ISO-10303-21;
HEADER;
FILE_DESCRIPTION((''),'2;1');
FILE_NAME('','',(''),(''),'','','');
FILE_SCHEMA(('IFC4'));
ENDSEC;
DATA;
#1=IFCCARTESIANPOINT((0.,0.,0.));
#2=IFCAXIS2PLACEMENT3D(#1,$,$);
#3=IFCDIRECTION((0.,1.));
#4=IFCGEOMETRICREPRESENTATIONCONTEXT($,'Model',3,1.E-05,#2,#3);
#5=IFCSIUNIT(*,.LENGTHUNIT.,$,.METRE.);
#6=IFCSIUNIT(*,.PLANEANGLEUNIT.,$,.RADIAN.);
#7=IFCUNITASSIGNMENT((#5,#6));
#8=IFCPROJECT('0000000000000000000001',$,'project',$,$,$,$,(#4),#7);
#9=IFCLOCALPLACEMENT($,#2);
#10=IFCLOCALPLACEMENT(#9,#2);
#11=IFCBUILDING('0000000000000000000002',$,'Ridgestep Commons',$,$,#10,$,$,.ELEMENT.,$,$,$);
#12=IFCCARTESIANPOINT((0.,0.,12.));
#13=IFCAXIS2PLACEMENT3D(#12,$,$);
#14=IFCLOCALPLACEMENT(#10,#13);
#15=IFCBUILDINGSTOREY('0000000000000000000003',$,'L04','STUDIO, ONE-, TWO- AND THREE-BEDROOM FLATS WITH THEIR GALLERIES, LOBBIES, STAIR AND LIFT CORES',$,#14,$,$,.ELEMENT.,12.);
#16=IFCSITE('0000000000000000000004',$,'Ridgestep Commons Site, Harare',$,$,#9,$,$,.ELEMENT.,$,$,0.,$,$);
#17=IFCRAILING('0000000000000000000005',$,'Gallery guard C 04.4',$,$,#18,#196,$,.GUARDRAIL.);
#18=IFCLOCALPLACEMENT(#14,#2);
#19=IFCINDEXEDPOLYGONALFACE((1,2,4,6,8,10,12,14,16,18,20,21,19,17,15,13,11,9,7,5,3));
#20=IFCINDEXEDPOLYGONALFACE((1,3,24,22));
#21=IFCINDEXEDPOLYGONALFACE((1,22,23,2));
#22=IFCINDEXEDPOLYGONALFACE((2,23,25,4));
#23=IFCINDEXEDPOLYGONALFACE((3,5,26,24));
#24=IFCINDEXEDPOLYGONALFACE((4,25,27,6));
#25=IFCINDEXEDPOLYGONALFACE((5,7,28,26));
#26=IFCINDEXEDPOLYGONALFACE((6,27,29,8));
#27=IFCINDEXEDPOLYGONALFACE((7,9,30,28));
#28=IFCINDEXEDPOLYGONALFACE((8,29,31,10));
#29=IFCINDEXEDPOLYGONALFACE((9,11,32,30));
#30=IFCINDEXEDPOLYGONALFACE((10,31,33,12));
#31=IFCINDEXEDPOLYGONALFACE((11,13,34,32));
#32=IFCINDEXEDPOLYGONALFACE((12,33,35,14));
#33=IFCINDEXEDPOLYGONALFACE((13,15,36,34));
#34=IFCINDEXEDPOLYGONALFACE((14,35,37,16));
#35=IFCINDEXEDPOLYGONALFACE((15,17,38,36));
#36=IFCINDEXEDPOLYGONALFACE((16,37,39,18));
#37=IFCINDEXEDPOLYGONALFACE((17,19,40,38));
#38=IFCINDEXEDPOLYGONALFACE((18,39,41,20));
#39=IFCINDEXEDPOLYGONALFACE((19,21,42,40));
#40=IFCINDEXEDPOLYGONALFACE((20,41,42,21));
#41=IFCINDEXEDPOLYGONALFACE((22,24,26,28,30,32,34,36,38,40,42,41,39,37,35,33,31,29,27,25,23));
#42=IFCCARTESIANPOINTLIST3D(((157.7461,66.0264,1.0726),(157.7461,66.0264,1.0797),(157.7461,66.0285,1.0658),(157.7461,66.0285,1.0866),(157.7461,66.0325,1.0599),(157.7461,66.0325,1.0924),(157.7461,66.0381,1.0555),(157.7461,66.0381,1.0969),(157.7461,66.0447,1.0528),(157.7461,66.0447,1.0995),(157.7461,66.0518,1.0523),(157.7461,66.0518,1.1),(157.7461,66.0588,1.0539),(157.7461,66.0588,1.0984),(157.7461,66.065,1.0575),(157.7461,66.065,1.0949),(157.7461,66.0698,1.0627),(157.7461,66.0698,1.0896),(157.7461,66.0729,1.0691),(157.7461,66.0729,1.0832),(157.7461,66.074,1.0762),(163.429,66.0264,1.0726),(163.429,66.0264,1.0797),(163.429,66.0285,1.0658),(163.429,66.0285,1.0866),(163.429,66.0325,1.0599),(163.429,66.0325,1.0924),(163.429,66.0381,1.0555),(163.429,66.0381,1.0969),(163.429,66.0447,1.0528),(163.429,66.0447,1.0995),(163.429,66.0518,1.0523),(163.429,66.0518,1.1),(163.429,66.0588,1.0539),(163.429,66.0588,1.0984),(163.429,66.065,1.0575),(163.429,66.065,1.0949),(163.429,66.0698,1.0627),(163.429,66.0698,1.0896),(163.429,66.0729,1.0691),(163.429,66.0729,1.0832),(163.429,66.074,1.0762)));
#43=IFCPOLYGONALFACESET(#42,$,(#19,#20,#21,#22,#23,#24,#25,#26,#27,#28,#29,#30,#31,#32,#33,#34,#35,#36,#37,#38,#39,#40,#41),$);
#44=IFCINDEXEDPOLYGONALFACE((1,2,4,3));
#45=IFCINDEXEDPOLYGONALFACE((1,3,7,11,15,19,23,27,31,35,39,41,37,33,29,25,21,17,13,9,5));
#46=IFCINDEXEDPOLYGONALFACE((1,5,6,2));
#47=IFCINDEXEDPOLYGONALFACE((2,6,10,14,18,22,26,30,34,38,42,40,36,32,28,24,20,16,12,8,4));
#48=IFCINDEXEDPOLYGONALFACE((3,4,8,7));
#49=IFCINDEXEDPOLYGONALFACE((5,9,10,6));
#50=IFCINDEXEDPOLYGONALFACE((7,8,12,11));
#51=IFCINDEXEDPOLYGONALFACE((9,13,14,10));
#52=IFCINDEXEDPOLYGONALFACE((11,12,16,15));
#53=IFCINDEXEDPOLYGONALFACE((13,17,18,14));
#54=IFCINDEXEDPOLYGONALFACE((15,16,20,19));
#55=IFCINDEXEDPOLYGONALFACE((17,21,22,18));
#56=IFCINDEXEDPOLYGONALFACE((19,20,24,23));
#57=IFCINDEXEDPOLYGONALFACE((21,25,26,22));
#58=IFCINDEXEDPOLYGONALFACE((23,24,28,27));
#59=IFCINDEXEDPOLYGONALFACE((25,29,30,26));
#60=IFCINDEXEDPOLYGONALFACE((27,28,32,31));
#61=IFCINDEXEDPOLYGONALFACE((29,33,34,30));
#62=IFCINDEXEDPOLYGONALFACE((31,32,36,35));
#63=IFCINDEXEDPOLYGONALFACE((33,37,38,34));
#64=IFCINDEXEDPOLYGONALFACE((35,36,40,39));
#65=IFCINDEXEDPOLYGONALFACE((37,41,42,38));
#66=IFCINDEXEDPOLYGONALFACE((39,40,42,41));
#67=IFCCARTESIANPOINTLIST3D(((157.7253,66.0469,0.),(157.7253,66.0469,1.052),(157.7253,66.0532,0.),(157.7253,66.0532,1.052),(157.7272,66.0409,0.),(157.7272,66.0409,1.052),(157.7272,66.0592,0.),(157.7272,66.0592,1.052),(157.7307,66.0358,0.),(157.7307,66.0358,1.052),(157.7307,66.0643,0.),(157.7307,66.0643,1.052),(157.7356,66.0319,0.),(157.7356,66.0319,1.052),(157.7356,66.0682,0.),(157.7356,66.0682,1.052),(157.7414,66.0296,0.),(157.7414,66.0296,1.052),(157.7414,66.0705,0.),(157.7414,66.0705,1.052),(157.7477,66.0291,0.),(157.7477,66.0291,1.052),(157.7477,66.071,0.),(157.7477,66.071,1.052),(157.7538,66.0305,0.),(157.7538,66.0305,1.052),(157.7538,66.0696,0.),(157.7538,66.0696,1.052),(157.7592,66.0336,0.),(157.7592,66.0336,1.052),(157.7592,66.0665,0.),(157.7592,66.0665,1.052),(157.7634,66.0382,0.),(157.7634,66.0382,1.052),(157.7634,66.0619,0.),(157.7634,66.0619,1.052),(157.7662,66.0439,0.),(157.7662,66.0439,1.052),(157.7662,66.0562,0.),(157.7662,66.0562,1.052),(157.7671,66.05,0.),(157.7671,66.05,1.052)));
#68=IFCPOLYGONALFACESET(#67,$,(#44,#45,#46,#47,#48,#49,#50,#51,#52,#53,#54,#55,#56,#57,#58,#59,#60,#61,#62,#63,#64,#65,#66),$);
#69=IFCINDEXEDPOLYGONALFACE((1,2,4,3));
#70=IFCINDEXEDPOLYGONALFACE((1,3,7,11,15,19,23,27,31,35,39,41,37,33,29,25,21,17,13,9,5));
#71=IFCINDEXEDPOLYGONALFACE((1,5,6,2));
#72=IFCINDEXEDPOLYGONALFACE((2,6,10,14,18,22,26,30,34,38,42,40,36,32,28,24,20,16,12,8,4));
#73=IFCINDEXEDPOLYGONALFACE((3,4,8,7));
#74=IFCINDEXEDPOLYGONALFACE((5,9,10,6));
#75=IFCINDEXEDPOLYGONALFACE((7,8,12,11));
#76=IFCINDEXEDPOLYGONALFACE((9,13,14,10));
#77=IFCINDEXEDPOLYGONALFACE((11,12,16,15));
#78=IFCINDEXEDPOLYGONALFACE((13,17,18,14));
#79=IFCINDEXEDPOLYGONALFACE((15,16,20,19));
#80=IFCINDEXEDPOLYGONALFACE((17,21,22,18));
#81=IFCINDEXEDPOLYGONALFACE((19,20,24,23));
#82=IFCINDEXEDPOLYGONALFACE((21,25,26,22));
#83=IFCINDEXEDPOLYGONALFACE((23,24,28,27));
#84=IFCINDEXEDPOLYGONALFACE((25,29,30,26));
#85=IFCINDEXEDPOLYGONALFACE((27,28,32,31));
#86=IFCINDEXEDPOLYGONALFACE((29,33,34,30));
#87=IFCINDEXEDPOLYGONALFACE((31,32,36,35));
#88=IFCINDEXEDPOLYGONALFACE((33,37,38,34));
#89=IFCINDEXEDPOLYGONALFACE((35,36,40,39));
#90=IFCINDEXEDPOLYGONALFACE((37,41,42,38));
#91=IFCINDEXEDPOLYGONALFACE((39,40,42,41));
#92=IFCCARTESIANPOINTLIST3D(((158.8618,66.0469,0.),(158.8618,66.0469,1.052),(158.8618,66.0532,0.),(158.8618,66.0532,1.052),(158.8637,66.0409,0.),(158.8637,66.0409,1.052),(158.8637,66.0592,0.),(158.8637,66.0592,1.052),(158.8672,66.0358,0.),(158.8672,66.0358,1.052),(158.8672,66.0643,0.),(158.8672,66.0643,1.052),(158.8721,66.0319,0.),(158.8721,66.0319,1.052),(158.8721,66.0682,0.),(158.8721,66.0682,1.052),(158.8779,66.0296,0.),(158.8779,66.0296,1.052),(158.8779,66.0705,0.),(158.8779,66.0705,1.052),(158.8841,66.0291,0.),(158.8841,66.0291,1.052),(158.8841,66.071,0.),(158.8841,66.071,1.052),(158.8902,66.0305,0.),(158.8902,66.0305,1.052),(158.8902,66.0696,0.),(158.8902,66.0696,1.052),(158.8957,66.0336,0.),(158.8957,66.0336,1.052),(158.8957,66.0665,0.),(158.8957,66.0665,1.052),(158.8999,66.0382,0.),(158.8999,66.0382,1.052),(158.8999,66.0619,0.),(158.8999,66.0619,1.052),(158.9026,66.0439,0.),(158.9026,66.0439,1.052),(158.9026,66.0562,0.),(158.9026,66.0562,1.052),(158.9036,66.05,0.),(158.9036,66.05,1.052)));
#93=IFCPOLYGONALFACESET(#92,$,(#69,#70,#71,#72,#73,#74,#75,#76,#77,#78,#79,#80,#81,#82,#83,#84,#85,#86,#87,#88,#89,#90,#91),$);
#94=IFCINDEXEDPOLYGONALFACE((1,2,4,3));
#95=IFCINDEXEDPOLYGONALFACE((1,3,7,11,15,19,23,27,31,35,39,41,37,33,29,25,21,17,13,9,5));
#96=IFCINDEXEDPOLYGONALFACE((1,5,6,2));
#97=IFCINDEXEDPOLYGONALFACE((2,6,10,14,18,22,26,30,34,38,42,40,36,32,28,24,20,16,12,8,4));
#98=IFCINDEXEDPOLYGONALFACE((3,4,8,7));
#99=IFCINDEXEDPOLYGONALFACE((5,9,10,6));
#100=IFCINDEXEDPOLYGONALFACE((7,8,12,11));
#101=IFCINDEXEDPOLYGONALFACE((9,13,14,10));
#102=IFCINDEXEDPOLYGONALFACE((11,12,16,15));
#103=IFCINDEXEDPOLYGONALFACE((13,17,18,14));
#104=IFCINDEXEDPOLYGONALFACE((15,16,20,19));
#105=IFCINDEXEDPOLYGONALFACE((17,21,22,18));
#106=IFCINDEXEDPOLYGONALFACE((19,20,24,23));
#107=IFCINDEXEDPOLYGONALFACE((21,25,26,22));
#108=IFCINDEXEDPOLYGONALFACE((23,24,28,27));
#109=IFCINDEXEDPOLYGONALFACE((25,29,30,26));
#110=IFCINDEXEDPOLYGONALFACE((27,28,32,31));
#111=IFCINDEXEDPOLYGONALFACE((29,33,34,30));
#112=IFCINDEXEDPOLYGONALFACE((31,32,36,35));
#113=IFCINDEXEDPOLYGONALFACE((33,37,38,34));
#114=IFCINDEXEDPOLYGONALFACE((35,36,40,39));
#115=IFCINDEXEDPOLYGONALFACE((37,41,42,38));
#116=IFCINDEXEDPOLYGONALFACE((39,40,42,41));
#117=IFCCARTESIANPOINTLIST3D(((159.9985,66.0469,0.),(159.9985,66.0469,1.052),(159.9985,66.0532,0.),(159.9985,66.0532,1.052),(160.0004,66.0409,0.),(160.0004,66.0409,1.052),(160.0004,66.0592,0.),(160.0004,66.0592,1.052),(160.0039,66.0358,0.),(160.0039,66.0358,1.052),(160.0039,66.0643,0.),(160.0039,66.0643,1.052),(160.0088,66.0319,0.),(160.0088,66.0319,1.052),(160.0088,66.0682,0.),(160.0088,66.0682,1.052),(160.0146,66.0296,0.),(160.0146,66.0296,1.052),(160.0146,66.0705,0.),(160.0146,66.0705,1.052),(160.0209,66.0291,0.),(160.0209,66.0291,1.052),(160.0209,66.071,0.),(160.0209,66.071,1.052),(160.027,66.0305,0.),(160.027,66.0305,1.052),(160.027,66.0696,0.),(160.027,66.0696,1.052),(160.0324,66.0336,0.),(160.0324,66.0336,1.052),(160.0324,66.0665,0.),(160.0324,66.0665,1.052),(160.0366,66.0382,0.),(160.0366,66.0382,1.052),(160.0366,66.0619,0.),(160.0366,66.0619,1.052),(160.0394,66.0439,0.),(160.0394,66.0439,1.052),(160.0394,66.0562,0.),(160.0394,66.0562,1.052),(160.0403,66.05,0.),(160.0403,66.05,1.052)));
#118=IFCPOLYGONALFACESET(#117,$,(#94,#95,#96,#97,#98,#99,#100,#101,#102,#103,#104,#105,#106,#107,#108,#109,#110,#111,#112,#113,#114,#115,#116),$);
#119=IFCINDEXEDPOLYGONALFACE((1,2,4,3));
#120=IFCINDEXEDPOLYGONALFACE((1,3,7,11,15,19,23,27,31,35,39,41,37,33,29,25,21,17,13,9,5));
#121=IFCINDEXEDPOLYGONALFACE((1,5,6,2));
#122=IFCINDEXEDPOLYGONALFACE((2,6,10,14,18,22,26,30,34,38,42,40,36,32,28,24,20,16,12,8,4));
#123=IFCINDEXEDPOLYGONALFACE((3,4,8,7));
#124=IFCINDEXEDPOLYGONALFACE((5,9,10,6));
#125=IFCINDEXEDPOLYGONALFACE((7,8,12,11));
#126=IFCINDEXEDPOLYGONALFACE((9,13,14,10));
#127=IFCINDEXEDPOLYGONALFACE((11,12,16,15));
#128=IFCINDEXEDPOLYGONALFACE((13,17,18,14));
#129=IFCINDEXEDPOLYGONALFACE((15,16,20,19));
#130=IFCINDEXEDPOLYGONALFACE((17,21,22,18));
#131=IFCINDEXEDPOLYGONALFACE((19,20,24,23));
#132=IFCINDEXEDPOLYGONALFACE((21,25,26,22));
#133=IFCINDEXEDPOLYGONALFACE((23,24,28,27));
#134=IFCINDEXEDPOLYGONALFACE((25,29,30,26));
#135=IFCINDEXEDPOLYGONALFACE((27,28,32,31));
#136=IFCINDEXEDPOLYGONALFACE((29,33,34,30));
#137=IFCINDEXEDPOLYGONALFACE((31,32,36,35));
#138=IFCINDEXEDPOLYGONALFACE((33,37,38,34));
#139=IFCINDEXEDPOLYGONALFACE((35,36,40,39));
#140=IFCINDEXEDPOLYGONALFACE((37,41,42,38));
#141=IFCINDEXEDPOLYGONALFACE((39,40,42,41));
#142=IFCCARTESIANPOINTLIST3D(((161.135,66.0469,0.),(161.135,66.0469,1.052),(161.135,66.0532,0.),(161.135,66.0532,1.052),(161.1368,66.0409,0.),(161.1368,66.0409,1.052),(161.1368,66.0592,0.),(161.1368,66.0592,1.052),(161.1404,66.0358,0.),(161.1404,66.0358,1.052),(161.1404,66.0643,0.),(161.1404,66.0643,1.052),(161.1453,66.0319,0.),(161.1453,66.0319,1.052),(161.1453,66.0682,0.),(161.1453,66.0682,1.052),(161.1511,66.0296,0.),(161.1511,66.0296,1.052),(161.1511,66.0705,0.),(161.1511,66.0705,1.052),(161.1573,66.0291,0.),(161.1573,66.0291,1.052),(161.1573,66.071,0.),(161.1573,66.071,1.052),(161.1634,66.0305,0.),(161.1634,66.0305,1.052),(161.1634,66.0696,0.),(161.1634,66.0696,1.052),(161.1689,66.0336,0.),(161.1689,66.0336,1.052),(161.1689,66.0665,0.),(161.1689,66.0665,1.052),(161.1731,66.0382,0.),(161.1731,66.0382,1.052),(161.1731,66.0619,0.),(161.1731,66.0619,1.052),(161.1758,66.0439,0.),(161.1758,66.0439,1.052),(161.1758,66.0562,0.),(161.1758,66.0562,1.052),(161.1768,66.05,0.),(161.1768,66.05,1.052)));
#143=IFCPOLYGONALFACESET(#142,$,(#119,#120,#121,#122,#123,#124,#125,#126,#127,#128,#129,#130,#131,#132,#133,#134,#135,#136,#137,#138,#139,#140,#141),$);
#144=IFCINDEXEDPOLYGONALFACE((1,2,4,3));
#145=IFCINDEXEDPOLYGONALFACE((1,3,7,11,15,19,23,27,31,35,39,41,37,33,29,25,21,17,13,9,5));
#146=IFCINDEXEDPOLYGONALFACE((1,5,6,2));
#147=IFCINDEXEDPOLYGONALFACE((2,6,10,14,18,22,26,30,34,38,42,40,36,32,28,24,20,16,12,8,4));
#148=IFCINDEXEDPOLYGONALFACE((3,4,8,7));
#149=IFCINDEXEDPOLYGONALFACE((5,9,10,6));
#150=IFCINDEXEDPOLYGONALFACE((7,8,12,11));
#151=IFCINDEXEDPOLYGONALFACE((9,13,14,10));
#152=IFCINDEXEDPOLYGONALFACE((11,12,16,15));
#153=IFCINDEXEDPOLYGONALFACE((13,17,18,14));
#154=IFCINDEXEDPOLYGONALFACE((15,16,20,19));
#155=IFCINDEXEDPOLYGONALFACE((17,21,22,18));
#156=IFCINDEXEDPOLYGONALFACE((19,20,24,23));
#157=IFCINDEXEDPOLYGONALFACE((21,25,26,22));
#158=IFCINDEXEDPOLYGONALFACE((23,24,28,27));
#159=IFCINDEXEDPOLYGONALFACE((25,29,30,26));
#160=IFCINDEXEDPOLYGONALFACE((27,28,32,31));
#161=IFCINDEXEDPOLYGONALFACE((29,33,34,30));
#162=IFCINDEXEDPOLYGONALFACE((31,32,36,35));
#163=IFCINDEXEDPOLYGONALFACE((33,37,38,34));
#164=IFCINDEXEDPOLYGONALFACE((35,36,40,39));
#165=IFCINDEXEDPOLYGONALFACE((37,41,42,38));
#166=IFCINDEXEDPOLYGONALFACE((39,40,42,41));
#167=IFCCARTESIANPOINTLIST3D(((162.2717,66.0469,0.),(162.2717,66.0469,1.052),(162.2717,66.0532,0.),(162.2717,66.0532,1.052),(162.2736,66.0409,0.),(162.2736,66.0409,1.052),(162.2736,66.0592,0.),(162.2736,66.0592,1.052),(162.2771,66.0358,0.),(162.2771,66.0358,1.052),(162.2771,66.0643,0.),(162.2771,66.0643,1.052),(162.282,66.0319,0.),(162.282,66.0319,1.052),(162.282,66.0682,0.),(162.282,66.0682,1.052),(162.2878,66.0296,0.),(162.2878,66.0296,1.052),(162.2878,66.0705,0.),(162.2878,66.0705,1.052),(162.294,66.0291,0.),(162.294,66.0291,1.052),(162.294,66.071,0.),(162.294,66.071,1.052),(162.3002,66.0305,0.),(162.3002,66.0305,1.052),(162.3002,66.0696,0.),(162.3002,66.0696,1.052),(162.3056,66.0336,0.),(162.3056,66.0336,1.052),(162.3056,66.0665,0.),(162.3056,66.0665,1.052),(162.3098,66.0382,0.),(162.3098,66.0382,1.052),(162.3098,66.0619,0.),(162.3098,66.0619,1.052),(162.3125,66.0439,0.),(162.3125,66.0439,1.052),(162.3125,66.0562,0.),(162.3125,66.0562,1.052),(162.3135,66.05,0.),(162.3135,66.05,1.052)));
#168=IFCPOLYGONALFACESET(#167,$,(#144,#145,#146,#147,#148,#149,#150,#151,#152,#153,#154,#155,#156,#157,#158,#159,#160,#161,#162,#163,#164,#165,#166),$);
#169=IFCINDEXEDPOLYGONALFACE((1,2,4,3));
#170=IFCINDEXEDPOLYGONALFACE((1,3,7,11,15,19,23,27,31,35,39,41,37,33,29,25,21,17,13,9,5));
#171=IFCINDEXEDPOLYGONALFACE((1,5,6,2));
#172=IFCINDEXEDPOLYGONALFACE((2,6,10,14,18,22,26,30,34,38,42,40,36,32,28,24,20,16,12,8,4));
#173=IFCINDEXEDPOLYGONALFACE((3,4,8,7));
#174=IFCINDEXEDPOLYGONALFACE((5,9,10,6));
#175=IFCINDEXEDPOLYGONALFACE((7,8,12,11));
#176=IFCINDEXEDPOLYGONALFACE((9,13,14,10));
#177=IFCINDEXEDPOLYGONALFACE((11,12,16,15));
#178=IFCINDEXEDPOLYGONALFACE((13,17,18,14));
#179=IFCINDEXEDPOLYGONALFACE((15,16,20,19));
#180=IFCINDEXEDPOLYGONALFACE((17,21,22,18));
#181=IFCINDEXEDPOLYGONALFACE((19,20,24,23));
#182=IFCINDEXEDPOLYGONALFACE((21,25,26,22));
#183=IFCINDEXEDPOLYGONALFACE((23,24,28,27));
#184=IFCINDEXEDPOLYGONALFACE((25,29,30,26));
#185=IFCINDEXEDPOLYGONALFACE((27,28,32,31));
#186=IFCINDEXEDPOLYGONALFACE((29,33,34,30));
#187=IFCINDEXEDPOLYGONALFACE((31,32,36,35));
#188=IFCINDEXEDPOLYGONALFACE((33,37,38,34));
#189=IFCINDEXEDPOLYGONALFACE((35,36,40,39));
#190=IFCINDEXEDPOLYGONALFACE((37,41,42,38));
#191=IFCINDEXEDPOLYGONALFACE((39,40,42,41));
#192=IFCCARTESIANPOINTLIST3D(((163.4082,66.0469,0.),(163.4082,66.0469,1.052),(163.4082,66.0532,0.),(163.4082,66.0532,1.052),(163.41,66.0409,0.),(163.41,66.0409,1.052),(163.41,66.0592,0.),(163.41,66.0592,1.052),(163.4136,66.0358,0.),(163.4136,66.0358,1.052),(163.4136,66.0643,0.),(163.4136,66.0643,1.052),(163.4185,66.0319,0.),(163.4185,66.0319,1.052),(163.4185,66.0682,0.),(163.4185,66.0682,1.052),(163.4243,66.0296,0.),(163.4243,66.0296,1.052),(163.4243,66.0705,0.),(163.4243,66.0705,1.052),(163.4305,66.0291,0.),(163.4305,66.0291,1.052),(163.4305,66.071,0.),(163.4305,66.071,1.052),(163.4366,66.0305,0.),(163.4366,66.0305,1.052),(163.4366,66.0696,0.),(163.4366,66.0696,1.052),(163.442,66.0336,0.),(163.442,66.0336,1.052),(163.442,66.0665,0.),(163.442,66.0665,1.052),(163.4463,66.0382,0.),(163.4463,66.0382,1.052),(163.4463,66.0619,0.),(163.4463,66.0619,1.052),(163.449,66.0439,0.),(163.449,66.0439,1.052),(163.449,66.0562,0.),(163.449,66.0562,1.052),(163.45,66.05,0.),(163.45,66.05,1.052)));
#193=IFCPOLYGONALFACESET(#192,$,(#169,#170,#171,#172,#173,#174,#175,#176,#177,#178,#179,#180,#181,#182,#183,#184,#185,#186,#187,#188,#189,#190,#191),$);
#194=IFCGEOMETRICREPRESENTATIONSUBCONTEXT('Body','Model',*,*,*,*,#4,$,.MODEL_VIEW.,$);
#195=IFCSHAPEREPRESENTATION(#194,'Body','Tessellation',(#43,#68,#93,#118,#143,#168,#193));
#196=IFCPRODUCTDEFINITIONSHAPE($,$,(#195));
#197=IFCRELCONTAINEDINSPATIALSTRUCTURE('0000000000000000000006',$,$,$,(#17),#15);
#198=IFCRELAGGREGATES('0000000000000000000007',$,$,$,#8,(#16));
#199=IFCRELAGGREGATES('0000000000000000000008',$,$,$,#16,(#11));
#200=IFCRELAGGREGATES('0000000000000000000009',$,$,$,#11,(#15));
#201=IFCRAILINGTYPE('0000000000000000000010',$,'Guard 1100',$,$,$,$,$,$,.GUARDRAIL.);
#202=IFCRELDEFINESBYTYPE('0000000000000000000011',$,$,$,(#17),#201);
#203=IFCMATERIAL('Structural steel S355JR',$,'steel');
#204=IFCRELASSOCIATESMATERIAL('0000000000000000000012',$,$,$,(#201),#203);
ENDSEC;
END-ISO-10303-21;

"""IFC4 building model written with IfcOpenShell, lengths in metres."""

from ifc_helpers import new_model, si_unit, direction, frame, origin, origin_2d, place, context, subcontext, project, spatial, circle, extrude, material, type_object, element, save


model = new_model("IFC4")

# Units and contexts
model_context = context("Model", 3, precision=1e-05, world=origin(), true_north=direction((0.0, 1.0)))
body_context = subcontext(model_context, "Body", "Model", "MODEL_VIEW")
ifc_project = project(units=[si_unit("LENGTHUNIT", "METRE"), si_unit("PLANEANGLEUNIT", "RADIAN")], contexts=[model_context])

# Site, building, storey
site_placement = place(None, origin())
site = spatial("IfcSite", under=ifc_project, at=site_placement, Name="Ridgestep Commons Site, Harare", CompositionType="ELEMENT", RefElevation=0.0)
building_placement = place(site_placement, origin())
building = spatial("IfcBuilding", under=site, at=building_placement, Name="Ridgestep Commons", CompositionType="ELEMENT")
storey_placement = place(building_placement, frame((0.0, 0.0, 12.0)))
storey = spatial("IfcBuildingStorey", under=building, at=storey_placement, Name="L04", Description="STUDIO, ONE-, TWO- AND THREE-BEDROOM FLATS WITH THEIR GALLERIES, LOBBIES, STAIR AND LIFT CORES", CompositionType="ELEMENT", Elevation=12.0)

# Railing
ifc_material_1 = material(Name="Structural steel S355JR", Category="steel")
railing_type = type_object("IfcRailingType", Name="Guard 1100", PredefinedType="GUARDRAIL", material=ifc_material_1)
railing_1_placement = place(storey_placement, frame((157.7461, 66.05, 0.0)))
element("IfcRailing", 1, at=railing_1_placement, inside=storey, type_object=railing_type, Name="Gallery guard C 04.4", PredefinedType="GUARDRAIL", context=body_context, shape_type="SweptSolid", body=[
    extrude(circle(Radius=0.0239, at=origin_2d()), frame((0.0, 0.0, 1.0762), z_axis=(1.0, 0.0, 0.0), x_axis=(0.0, 1.0, 0.0)), (0.0, 0.0, 1.0), 5.6829),
    extrude(circle(Radius=0.021, at=origin_2d()), origin(), (0.0, 0.0, 1.0), 1.052),
    extrude(circle(Radius=0.021, at=origin_2d()), frame((1.1365, 0.0, 0.0)), (0.0, 0.0, 1.0), 1.052),
    extrude(circle(Radius=0.021, at=origin_2d()), frame((2.2732, 0.0, 0.0)), (0.0, 0.0, 1.0), 1.052),
    extrude(circle(Radius=0.021, at=origin_2d()), frame((3.4097, 0.0, 0.0)), (0.0, 0.0, 1.0), 1.052),
    extrude(circle(Radius=0.021, at=origin_2d()), frame((4.5464, 0.0, 0.0)), (0.0, 0.0, 1.0), 1.052),
    extrude(circle(Radius=0.021, at=origin_2d()), frame((5.6829, 0.0, 0.0)), (0.0, 0.0, 1.0), 1.052),
])

save(model, "model.ifc")
